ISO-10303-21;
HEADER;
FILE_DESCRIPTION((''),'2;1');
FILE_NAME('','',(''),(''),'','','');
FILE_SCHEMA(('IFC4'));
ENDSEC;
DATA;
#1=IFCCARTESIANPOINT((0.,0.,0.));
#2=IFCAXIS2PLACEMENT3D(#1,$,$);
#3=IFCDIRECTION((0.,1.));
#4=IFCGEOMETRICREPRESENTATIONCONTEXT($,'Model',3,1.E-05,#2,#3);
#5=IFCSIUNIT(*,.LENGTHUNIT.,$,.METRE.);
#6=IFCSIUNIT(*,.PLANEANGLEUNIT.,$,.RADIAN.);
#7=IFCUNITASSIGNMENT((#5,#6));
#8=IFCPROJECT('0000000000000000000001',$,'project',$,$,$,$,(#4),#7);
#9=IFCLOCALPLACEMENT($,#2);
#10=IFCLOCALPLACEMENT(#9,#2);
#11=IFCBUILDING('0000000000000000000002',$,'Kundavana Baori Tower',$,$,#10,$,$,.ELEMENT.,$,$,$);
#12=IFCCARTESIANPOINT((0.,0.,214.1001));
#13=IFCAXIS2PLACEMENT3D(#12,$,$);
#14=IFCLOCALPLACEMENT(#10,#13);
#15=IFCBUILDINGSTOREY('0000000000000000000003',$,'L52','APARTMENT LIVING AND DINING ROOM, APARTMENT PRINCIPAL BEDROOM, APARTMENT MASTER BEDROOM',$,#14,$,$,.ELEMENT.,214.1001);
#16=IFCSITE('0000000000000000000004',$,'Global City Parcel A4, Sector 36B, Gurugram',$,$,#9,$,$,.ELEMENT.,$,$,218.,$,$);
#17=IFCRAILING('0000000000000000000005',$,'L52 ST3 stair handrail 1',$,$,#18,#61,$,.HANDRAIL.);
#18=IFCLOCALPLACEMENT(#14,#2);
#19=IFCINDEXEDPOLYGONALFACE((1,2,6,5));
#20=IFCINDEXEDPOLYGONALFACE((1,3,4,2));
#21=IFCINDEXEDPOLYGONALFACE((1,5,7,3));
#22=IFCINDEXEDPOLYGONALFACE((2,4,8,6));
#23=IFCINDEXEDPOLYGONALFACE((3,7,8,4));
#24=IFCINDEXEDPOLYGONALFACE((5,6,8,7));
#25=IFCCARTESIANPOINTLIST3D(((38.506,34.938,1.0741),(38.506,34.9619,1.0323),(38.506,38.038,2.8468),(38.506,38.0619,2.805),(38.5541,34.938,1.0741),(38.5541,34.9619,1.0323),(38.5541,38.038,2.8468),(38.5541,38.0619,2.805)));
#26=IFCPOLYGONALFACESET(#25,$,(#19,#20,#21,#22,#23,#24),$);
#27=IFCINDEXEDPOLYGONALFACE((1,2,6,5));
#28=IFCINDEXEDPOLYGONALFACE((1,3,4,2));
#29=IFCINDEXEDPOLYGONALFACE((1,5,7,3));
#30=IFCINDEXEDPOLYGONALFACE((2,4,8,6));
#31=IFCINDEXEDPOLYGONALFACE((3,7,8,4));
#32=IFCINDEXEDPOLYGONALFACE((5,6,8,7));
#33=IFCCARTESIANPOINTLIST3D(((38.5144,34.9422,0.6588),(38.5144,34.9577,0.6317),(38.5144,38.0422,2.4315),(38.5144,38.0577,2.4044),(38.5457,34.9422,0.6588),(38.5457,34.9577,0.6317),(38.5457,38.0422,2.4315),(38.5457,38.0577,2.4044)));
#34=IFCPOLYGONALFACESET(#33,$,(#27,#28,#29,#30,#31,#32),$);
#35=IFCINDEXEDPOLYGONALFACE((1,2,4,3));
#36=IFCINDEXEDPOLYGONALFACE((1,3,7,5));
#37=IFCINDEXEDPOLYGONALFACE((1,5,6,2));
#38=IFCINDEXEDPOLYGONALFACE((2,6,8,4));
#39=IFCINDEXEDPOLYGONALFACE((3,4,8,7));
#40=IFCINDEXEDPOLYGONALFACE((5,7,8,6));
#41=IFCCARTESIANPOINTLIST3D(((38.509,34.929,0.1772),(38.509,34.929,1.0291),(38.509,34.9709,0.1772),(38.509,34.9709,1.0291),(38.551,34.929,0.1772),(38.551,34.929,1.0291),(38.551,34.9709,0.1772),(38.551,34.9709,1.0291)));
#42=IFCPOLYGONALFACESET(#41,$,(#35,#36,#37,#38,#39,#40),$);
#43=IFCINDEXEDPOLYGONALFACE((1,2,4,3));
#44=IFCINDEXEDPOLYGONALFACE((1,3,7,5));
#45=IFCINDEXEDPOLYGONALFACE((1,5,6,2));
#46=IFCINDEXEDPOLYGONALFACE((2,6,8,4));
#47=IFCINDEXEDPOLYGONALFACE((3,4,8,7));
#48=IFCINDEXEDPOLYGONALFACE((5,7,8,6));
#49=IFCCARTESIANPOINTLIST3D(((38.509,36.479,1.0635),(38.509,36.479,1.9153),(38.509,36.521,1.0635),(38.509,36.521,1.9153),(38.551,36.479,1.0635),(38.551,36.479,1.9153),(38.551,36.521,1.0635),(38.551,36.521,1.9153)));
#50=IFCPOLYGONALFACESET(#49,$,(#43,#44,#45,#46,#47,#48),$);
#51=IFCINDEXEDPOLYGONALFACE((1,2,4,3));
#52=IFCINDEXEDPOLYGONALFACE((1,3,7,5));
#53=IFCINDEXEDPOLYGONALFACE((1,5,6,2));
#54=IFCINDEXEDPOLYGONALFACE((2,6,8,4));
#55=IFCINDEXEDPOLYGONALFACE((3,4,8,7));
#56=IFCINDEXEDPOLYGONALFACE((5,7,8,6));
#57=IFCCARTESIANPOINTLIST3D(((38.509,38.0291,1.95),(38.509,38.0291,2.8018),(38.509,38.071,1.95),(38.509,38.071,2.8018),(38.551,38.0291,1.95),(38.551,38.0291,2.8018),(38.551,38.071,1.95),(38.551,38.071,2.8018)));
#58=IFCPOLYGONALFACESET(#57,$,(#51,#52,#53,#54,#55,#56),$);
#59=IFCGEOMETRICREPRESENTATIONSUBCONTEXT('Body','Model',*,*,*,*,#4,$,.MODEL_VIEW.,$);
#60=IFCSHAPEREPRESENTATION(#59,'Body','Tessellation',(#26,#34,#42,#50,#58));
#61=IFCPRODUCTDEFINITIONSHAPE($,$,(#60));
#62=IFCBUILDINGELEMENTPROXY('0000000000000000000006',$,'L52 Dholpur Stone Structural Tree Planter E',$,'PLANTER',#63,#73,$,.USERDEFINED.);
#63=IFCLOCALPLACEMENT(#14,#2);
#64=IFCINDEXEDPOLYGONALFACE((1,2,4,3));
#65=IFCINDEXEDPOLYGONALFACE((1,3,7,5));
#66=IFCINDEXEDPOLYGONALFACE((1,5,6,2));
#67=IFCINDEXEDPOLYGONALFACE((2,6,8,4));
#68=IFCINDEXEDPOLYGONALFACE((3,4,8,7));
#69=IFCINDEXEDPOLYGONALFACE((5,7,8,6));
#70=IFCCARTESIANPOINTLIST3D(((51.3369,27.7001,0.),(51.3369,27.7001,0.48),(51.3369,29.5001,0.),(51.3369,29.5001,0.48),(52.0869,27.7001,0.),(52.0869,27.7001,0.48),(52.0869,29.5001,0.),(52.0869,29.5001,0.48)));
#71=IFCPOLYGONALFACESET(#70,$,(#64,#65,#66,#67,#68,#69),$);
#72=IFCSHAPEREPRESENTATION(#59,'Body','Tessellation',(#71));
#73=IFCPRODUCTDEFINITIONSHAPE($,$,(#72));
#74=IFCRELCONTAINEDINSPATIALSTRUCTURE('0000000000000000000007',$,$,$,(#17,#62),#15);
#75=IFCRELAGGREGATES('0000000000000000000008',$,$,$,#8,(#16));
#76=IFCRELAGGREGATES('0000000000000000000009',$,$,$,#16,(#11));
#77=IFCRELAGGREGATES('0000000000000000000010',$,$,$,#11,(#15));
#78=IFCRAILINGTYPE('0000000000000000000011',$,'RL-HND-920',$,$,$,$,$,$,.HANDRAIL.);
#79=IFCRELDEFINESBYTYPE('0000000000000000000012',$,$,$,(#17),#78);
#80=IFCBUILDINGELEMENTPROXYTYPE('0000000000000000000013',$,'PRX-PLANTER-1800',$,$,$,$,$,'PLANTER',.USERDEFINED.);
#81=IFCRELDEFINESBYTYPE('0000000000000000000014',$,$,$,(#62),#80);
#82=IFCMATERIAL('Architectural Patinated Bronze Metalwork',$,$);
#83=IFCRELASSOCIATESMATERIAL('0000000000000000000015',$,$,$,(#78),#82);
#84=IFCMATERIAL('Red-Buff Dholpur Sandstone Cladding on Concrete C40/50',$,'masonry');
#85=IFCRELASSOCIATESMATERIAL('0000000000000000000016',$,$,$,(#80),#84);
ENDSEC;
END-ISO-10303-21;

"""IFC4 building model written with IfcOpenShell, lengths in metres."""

from ifc_helpers import new_model, si_unit, direction, frame, origin, origin_2d, place, context, subcontext, project, spatial, rectangle, extrude, material, type_object, element, save


model = new_model("IFC4")

# Units and contexts
model_context = context("Model", 3, precision=1e-05, world=origin(), true_north=direction((0.0, 1.0)))
body_context = subcontext(model_context, "Body", "Model", "MODEL_VIEW")
ifc_project = project(units=[si_unit("LENGTHUNIT", "METRE"), si_unit("PLANEANGLEUNIT", "RADIAN")], contexts=[model_context])

# Site, building, storey
site_placement = place(None, origin())
site = spatial("IfcSite", under=ifc_project, at=site_placement, Name="Global City Parcel A4, Sector 36B, Gurugram", CompositionType="ELEMENT", RefElevation=218.0)
building_placement = place(site_placement, origin())
building = spatial("IfcBuilding", under=site, at=building_placement, Name="Kundavana Baori Tower", CompositionType="ELEMENT")
storey_placement = place(building_placement, frame((0.0, 0.0, 214.1001)))
storey = spatial("IfcBuildingStorey", under=building, at=storey_placement, Name="L52", Description="APARTMENT LIVING AND DINING ROOM, APARTMENT PRINCIPAL BEDROOM, APARTMENT MASTER BEDROOM", CompositionType="ELEMENT", Elevation=214.1001)

# Railing
ifc_material_1 = material(Name="Architectural Patinated Bronze Metalwork")
railing_type_1 = type_object("IfcRailingType", Name="RL-HND-920", PredefinedType="HANDRAIL", material=ifc_material_1)
railing_1_placement = place(storey_placement, frame((38.53, 34.95, 0.1772)))
element("IfcRailing", 1, at=railing_1_placement, inside=storey, type_object=railing_type_1, Name="L52 ST3 stair handrail 1", PredefinedType="HANDRAIL", context=body_context, shape_type="SweptSolid", body=[
    extrude(rectangle(XDim=0.0481, YDim=0.0481, at=origin_2d()), frame((0.0, 0.0, 0.876), z_axis=(0.0, 0.868096, 0.496397), x_axis=(-1.0, 0.0, 0.0)), (0.0, 0.0, 1.0), 3.571),
    extrude(rectangle(XDim=0.0312, YDim=0.0312, at=origin_2d()), frame((0.0, 0.0, 0.468), z_axis=(0.0, 0.868096, 0.496397), x_axis=(-1.0, 0.0, 0.0)), (0.0, 0.0, 1.0), 3.571),
    extrude(rectangle(XDim=0.042, YDim=0.042, at=origin_2d()), origin(), (0.0, 0.0, 1.0), 0.8518),
    extrude(rectangle(XDim=0.042, YDim=0.042, at=origin_2d()), frame((0.0, 1.55, 0.8862)), (0.0, 0.0, 1.0), 0.8518),
    extrude(rectangle(XDim=0.042, YDim=0.042, at=origin_2d()), frame((0.0, 3.1001, 1.7727)), (0.0, 0.0, 1.0), 0.8518),
])

# Building element proxy
ifc_material_2 = material(Name="Red-Buff Dholpur Sandstone Cladding on Concrete C40/50", Category="masonry")
building_element_proxy_type = type_object("IfcBuildingElementProxyType", Name="PRX-PLANTER-1800", ElementType="PLANTER", PredefinedType="USERDEFINED", material=ifc_material_2)
proxy_placement = place(storey_placement, frame((51.7119, 28.6001, 0.0), z_axis=(0.0, 0.0, 1.0), x_axis=(0.0, 1.0, 0.0)))
element("IfcBuildingElementProxy", 2, at=proxy_placement, inside=storey, type_object=building_element_proxy_type, Name="L52 Dholpur Stone Structural Tree Planter E", ObjectType="PLANTER", PredefinedType="USERDEFINED", context=body_context, shape_type="SweptSolid", body=[
    extrude(rectangle(XDim=1.8, YDim=0.75, at=origin_2d()), origin(), (0.0, 0.0, 1.0), 0.48),
])

save(model, "model.ifc")
